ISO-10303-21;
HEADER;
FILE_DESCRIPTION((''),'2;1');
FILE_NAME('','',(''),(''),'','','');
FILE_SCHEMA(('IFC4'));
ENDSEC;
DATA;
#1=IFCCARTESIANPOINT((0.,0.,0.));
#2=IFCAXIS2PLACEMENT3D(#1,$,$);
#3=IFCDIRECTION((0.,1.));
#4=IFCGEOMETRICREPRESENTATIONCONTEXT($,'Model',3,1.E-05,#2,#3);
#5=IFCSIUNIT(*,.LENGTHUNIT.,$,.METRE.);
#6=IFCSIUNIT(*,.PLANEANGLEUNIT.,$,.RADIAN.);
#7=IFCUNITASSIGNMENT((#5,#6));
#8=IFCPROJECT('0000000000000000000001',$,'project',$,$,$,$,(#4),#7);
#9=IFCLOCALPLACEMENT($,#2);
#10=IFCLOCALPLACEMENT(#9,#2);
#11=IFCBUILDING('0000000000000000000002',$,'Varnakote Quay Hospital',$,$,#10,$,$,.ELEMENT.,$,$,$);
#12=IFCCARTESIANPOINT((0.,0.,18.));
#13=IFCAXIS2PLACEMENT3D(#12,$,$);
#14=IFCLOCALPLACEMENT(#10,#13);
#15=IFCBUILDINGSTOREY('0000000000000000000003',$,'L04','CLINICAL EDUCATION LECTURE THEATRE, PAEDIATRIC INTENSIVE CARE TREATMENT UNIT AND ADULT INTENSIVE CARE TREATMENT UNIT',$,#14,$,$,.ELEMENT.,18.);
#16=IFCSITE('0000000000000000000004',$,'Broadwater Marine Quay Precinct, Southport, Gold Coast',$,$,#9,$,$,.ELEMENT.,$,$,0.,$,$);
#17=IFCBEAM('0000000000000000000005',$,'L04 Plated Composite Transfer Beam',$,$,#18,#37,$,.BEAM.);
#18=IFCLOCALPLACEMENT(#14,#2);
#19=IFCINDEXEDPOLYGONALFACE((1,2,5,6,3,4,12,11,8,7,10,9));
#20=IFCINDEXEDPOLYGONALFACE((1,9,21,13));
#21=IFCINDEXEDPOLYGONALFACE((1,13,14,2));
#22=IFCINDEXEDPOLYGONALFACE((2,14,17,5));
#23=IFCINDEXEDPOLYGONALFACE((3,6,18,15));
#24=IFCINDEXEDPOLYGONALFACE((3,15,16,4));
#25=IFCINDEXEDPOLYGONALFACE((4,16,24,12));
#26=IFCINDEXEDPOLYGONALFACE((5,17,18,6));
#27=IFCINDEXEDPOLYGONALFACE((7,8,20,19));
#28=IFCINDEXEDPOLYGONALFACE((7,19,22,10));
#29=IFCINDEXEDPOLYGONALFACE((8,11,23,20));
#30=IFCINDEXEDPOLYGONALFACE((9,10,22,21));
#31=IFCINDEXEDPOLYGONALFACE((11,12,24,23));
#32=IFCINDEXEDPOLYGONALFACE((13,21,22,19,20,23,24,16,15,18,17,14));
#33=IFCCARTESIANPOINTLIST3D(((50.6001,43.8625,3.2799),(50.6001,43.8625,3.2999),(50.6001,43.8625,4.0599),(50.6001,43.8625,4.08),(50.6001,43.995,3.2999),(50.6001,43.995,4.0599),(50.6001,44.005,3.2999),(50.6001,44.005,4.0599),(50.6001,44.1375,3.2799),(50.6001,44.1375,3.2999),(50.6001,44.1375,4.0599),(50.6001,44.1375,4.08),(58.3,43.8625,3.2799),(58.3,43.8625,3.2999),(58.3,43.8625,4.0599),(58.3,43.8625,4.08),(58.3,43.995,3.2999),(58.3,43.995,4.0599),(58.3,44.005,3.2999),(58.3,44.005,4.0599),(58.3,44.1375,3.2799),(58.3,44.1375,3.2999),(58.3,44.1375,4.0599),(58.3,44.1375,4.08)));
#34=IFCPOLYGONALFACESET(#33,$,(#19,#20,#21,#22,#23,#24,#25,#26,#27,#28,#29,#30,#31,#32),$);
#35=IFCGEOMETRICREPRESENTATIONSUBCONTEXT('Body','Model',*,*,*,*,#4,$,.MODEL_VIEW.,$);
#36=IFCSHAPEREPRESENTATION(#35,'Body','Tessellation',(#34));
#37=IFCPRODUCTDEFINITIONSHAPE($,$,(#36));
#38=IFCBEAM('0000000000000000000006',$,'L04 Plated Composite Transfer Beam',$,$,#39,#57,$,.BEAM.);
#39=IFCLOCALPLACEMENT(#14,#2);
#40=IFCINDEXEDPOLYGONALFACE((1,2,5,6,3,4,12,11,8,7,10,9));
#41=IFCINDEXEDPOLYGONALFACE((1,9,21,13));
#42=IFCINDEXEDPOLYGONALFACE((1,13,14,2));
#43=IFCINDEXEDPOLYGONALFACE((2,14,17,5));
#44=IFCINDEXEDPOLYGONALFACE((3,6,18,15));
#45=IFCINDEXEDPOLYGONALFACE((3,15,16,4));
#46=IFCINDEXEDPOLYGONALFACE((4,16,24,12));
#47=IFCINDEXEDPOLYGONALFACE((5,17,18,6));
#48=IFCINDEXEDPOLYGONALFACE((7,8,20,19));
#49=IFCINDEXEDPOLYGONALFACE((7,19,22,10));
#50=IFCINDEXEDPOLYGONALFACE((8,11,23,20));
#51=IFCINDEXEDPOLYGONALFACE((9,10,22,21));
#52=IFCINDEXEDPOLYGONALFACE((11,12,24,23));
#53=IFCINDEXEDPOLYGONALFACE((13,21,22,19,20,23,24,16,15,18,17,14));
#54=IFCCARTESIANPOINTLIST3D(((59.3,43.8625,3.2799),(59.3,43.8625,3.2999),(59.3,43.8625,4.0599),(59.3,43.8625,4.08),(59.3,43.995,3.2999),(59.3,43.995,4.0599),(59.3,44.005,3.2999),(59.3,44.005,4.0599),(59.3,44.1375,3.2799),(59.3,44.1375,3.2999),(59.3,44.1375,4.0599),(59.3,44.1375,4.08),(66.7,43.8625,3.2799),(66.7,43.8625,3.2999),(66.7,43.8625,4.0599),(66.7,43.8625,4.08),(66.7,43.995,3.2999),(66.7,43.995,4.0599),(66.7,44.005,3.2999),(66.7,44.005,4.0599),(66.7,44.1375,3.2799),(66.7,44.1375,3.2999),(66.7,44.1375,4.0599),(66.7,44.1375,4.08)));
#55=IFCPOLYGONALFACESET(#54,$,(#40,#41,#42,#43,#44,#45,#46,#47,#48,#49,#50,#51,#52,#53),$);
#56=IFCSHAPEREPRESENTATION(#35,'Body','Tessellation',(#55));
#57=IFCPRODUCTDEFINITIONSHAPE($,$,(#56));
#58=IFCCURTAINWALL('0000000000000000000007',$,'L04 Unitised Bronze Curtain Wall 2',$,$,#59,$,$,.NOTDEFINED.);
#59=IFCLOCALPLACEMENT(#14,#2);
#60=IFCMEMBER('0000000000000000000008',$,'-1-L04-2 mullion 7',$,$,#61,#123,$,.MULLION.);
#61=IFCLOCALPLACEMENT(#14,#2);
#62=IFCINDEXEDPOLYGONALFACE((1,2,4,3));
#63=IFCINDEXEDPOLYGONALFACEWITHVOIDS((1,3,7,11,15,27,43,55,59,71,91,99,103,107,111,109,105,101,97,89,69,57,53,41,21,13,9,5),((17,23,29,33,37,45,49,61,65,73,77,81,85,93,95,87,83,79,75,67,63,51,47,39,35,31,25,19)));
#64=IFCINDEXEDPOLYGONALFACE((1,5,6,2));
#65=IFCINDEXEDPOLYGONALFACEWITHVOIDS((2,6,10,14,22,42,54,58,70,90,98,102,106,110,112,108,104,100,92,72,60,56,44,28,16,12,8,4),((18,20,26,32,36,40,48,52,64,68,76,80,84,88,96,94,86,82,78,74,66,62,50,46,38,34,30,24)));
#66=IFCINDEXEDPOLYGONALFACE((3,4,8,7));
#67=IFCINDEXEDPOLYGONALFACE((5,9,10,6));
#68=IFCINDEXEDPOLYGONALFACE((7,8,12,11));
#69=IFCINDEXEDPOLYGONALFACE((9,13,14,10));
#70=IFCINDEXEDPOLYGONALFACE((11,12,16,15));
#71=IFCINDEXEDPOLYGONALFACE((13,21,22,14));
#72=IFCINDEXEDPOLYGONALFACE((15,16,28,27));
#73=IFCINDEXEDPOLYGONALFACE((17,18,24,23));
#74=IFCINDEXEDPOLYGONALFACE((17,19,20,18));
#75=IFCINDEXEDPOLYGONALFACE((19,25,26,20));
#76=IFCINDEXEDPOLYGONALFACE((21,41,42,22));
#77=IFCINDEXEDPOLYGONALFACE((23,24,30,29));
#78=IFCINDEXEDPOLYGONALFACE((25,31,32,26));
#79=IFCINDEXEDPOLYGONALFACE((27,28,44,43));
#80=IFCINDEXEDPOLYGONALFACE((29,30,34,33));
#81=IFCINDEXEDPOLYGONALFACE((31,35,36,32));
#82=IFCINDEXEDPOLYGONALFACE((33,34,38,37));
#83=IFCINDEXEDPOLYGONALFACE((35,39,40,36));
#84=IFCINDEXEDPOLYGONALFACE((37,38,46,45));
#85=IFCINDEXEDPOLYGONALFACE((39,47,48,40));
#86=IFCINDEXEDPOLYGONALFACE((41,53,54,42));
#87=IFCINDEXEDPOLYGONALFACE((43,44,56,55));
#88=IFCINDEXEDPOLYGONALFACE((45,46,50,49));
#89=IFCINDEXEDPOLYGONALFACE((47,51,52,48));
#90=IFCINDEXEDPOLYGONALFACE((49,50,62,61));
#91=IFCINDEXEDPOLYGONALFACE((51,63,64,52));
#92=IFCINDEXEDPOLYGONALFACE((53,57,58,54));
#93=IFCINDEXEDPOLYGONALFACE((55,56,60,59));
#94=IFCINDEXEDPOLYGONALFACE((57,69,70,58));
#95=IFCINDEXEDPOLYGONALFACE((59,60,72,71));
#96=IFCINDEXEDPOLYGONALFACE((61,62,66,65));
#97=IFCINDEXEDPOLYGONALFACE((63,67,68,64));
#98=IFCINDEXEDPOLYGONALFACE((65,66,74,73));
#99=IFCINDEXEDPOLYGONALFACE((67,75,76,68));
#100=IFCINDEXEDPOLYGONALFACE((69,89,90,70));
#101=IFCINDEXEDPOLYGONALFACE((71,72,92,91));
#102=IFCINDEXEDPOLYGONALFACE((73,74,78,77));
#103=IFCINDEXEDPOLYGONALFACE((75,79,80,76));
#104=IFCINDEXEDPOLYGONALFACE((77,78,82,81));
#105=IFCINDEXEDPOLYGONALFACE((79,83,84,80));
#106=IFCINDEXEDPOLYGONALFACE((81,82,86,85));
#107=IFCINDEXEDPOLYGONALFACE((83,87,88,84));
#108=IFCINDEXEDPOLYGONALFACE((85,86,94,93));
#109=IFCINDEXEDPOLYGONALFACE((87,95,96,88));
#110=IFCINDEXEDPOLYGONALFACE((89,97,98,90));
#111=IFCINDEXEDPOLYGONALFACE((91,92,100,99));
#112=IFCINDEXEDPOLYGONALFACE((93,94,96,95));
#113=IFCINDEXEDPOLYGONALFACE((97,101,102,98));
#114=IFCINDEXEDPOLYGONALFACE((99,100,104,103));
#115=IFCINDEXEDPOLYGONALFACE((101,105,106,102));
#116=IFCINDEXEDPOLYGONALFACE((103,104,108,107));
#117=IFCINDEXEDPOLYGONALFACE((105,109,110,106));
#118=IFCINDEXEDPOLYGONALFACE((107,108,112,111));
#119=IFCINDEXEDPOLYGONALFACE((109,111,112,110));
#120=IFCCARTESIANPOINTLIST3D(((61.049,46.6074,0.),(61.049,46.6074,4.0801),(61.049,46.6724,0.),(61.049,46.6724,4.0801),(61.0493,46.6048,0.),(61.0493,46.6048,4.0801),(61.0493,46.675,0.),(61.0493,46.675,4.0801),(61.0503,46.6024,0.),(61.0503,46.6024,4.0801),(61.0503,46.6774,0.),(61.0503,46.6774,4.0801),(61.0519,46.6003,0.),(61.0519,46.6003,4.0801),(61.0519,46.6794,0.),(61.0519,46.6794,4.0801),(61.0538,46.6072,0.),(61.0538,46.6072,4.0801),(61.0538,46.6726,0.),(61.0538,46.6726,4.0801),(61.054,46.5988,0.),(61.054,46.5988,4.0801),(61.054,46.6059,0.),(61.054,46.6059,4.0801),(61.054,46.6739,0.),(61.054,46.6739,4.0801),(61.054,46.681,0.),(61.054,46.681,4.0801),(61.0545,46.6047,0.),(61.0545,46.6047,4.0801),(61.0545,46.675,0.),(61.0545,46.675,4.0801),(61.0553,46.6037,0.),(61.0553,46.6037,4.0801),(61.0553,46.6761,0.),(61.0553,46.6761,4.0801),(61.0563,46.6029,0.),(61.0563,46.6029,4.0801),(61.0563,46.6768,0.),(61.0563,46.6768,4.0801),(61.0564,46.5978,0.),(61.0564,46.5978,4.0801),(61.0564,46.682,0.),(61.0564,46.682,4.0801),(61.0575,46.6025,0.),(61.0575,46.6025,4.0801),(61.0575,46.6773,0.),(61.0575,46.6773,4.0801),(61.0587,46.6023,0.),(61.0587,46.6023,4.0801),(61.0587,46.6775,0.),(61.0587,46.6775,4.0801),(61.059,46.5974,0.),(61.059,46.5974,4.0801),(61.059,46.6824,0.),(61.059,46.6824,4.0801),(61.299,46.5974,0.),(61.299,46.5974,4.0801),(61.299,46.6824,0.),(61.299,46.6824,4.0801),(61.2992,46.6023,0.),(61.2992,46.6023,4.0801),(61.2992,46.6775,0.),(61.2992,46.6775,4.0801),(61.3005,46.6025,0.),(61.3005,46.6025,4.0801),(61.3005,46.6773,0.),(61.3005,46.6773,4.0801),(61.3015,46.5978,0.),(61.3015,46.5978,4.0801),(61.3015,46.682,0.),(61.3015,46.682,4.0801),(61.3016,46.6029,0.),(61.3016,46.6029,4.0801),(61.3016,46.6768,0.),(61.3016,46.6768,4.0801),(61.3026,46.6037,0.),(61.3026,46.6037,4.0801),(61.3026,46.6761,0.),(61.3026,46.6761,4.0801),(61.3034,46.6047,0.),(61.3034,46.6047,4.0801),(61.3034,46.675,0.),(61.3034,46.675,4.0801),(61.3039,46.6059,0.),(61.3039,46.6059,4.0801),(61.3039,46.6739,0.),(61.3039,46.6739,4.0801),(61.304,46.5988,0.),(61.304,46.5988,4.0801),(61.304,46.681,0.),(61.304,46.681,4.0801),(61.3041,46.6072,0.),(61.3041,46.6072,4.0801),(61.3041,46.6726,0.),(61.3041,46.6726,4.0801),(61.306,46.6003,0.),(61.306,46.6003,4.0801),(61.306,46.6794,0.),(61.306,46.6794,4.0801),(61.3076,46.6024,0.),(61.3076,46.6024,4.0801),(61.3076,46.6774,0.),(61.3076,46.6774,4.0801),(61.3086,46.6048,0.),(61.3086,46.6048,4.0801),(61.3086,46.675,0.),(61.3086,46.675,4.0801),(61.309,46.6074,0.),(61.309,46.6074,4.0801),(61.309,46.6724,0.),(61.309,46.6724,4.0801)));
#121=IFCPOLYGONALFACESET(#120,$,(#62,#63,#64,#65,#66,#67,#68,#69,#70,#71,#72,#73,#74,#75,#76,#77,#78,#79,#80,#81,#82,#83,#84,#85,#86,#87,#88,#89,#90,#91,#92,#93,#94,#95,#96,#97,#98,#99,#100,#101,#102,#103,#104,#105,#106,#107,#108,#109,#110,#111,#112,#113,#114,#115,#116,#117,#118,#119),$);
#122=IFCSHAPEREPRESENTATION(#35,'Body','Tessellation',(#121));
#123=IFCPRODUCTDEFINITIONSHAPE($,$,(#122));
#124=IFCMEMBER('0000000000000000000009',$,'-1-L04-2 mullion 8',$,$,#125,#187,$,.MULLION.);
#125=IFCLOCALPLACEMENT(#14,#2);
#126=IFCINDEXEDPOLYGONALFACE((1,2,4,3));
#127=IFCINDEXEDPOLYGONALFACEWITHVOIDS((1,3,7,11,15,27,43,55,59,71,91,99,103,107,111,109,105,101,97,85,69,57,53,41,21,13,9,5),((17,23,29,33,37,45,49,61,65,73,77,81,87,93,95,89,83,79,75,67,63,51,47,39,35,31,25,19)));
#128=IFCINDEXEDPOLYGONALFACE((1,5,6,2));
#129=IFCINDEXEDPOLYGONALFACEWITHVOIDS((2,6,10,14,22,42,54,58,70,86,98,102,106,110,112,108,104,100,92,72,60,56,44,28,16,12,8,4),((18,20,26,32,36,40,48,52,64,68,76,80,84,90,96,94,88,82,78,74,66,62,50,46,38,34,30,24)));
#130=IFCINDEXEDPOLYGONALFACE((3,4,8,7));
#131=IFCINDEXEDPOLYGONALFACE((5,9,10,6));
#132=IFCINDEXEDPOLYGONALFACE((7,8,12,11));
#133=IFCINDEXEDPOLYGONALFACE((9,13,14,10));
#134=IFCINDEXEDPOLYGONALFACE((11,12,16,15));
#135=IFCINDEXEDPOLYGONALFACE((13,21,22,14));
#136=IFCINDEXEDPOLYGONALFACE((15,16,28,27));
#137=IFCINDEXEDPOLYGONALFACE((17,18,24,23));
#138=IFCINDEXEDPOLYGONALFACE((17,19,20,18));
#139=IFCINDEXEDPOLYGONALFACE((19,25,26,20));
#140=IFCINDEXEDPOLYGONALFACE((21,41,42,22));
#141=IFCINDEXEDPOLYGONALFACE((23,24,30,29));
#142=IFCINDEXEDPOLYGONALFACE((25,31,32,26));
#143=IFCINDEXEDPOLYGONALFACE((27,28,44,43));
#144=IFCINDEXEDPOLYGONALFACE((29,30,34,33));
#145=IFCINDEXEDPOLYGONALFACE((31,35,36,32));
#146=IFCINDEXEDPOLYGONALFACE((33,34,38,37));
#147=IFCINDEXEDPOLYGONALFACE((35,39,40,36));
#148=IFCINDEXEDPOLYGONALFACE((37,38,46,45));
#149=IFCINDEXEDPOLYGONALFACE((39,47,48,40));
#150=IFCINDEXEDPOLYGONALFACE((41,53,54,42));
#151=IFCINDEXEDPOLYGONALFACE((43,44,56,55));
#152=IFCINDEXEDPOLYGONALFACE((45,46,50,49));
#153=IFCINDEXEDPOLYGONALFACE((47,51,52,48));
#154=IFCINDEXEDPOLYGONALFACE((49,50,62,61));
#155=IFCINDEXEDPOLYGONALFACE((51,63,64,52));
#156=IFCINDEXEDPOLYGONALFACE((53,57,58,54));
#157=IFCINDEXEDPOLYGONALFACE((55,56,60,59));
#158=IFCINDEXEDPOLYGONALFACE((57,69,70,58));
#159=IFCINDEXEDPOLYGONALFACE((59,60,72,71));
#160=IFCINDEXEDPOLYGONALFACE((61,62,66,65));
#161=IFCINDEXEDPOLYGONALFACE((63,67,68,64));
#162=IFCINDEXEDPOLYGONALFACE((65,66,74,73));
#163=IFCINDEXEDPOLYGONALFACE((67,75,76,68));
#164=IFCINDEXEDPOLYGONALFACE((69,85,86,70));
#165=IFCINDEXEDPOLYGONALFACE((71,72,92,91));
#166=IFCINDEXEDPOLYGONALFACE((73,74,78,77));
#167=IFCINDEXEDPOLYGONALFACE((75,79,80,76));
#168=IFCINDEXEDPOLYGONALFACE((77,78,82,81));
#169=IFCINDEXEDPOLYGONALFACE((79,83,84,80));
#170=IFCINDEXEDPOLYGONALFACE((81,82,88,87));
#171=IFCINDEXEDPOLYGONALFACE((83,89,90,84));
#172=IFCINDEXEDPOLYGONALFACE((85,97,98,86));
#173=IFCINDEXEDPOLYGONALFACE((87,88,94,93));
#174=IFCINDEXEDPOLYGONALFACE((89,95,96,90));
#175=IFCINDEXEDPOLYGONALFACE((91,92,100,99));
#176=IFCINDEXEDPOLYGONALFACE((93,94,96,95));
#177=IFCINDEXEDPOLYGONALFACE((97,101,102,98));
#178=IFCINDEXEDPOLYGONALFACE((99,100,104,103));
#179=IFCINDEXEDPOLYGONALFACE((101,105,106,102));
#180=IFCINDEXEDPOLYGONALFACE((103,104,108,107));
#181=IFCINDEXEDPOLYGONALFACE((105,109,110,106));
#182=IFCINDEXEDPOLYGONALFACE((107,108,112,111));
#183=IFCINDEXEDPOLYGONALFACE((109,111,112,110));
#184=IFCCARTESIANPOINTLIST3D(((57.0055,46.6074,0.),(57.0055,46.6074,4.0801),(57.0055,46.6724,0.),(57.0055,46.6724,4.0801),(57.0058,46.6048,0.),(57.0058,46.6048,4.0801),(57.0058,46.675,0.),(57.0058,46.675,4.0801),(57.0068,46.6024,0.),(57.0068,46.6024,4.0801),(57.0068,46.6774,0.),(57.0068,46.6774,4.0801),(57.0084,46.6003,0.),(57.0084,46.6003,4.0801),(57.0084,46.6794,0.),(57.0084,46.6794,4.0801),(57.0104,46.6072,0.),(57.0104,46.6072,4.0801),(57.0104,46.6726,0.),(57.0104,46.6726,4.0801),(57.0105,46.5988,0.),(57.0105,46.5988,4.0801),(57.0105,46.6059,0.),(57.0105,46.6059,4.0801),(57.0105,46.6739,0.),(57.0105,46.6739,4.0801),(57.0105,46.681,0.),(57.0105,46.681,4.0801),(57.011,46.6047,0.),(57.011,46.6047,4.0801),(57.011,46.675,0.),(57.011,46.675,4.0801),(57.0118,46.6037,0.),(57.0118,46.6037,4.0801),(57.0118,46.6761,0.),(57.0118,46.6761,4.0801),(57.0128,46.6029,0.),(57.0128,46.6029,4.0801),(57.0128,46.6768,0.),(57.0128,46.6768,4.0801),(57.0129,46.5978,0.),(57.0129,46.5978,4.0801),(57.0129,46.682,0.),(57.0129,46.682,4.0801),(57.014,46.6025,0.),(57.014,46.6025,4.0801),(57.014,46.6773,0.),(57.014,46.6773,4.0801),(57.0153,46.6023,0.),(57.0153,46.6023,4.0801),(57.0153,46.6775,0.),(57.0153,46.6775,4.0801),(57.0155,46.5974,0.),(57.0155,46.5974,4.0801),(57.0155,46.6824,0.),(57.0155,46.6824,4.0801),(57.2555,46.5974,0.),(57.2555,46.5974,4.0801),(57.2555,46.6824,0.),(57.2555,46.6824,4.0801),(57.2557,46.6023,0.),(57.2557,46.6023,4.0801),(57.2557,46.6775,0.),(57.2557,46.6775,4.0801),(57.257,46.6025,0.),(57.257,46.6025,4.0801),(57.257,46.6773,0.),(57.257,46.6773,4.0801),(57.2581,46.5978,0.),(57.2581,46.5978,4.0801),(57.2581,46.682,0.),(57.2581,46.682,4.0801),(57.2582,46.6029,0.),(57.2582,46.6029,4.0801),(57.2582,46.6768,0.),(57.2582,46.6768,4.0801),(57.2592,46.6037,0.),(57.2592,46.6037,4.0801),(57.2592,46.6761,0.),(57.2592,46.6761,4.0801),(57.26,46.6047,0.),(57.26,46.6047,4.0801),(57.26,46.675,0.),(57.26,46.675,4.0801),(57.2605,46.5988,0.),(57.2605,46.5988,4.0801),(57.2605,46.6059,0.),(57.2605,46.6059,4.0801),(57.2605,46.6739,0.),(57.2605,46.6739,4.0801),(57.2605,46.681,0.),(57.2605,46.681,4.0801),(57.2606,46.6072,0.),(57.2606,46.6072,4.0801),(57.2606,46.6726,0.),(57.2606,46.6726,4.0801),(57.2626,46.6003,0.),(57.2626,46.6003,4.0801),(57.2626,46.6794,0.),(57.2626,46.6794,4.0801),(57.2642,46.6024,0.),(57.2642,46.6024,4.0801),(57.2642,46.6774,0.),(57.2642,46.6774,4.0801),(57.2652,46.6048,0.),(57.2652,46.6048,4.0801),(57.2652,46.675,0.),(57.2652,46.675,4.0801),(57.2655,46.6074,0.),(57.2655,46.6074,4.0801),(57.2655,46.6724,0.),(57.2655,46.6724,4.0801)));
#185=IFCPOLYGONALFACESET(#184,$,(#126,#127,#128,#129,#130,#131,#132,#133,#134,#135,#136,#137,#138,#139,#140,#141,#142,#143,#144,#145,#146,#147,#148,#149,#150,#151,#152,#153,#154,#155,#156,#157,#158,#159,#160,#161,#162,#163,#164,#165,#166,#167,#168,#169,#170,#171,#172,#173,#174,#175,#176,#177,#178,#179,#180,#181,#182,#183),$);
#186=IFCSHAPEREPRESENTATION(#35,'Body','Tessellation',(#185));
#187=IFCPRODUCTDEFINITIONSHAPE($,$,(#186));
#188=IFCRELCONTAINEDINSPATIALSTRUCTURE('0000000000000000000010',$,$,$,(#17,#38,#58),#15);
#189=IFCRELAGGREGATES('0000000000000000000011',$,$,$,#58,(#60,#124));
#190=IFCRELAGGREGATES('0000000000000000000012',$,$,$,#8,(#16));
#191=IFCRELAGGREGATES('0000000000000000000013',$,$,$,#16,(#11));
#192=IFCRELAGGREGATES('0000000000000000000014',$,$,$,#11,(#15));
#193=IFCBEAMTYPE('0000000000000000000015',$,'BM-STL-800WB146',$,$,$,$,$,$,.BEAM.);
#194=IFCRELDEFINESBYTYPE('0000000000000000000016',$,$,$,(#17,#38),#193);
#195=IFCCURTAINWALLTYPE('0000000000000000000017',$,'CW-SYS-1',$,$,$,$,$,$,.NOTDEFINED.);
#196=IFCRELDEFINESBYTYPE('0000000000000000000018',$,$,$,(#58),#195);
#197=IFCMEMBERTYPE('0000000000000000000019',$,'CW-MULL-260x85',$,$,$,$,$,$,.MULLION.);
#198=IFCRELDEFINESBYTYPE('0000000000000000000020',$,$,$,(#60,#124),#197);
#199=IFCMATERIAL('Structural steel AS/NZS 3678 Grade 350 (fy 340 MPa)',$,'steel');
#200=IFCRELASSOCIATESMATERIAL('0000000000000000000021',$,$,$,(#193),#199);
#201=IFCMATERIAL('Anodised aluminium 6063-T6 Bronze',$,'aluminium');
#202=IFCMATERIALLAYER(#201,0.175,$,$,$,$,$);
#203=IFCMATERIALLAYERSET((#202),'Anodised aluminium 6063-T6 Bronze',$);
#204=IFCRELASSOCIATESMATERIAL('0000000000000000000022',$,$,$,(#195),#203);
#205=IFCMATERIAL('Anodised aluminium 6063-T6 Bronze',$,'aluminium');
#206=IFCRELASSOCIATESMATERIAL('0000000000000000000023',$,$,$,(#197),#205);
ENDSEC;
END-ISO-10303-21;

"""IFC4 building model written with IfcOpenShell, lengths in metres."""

from ifc_helpers import new_model, si_unit, direction, frame, origin, origin_2d, place, context, subcontext, project, spatial, hollow_rectangle, i_section, extrude, material, layer, layer_set, material_profile, profile_set, type_object, element, aggregate, save


model = new_model("IFC4")

# Units and contexts
model_context = context("Model", 3, precision=1e-05, world=origin(), true_north=direction((0.0, 1.0)))
body_context = subcontext(model_context, "Body", "Model", "MODEL_VIEW")
ifc_project = project(units=[si_unit("LENGTHUNIT", "METRE"), si_unit("PLANEANGLEUNIT", "RADIAN")], contexts=[model_context])

# Site, building, storey
site_placement = place(None, origin())
site = spatial("IfcSite", under=ifc_project, at=site_placement, Name="Broadwater Marine Quay Precinct, Southport, Gold Coast", CompositionType="ELEMENT", RefElevation=0.0)
building_placement = place(site_placement, origin())
building = spatial("IfcBuilding", under=site, at=building_placement, Name="Varnakote Quay Hospital", CompositionType="ELEMENT")
storey_placement = place(building_placement, frame((0.0, 0.0, 18.0)))
storey = spatial("IfcBuildingStorey", under=building, at=storey_placement, Name="L04", Description="CLINICAL EDUCATION LECTURE THEATRE, PAEDIATRIC INTENSIVE CARE TREATMENT UNIT AND ADULT INTENSIVE CARE TREATMENT UNIT", CompositionType="ELEMENT", Elevation=18.0)

# Beams
ifc_material_1 = material(Name="Structural steel AS/NZS 3678 Grade 350 (fy 340 MPa)", Category="steel")
ifc_material_profile_1 = material_profile(ifc_material_1, i_section(OverallWidth=0.2749, OverallDepth=0.8, WebThickness=0.01, FlangeThickness=0.02, at=origin_2d()), Name="800WB146")
ifc_profile_set_1 = profile_set([ifc_material_profile_1], Name="Structural steel AS/NZS 3678 Grade 350 (fy 340 MPa)")
beam_type_1 = type_object("IfcBeamType", Name="BM-STL-800WB146", PredefinedType="BEAM", material=ifc_profile_set_1)
beam_1_placement = place(storey_placement, frame((50.6001, 44.0, 3.6799), z_axis=(1.0, 0.0, 0.0), x_axis=(0.0, 1.0, 0.0)))
element("IfcBeam", 1, at=beam_1_placement, inside=storey, type_object=beam_type_1, Name="L04 Plated Composite Transfer Beam", PredefinedType="BEAM", context=body_context, shape_type="SweptSolid", body=[
    extrude(i_section(OverallWidth=0.2749, OverallDepth=0.8, WebThickness=0.01, FlangeThickness=0.02, at=origin_2d()), origin(), (0.0, 0.0, 1.0), 7.7),
])
beam_2_placement = place(storey_placement, frame((59.3, 44.0, 3.6799), z_axis=(1.0, 0.0, 0.0), x_axis=(0.0, 1.0, 0.0)))
element("IfcBeam", 2, at=beam_2_placement, inside=storey, type_object=beam_type_1, Name="L04 Plated Composite Transfer Beam", PredefinedType="BEAM", context=body_context, shape_type="SweptSolid", body=[
    extrude(i_section(OverallWidth=0.2749, OverallDepth=0.8, WebThickness=0.01, FlangeThickness=0.02, at=origin_2d()), origin(), (0.0, 0.0, 1.0), 7.3999),
])

# Curtain wall, members
ifc_material_2 = material(Name="Anodised aluminium 6063-T6 Bronze", Category="aluminium")
ifc_layer_1 = layer(ifc_material_2, 0.175)
ifc_layer_set_1 = layer_set([ifc_layer_1], Name="Anodised aluminium 6063-T6 Bronze")
curtain_wall_type = type_object("IfcCurtainWallType", Name="CW-SYS-1", PredefinedType="NOTDEFINED", material=ifc_layer_set_1)
curtain_wall_placement = place(storey_placement, origin())
curtain_wall = element("IfcCurtainWall", 3, at=curtain_wall_placement, inside=storey, type_object=curtain_wall_type, Name="L04 Unitised Bronze Curtain Wall 2", PredefinedType="NOTDEFINED")
ifc_material_3 = material(Name="Anodised aluminium 6063-T6 Bronze", Category="aluminium")
ifc_material_profile_2 = material_profile(ifc_material_3, hollow_rectangle(XDim=0.085, YDim=0.26, WallThickness=0.0049, InnerFilletRadius=0.0049, OuterFilletRadius=0.01, at=origin_2d()), Name="CW-MULL-260x85")
ifc_profile_set_2 = profile_set([ifc_material_profile_2], Name="Anodised aluminium 6063-T6 Bronze")
member_type_1 = type_object("IfcMemberType", Name="CW-MULL-260x85", PredefinedType="MULLION", material=ifc_profile_set_2)
member_1_placement = place(storey_placement, frame((61.179, 46.6399, 0.0), z_axis=(0.0, 0.0, 1.0), x_axis=(0.0, -1.0, 0.0)))
member_1 = element("IfcMember", 4, at=member_1_placement, type_object=member_type_1, Name="-1-L04-2 mullion 7", PredefinedType="MULLION", context=body_context, shape_type="SweptSolid", body=[
    extrude(hollow_rectangle(XDim=0.085, YDim=0.26, WallThickness=0.0049, InnerFilletRadius=0.0049, OuterFilletRadius=0.01, at=origin_2d()), origin(), (0.0, 0.0, 1.0), 4.0801),
])
member_2_placement = place(storey_placement, frame((57.1355, 46.6399, 0.0), z_axis=(0.0, 0.0, 1.0), x_axis=(0.0, -1.0, 0.0)))
member_2 = element("IfcMember", 5, at=member_2_placement, type_object=member_type_1, Name="-1-L04-2 mullion 8", PredefinedType="MULLION", context=body_context, shape_type="SweptSolid", body=[
    extrude(hollow_rectangle(XDim=0.085, YDim=0.26, WallThickness=0.0049, InnerFilletRadius=0.0049, OuterFilletRadius=0.01, at=origin_2d()), origin(), (0.0, 0.0, 1.0), 4.0801),
])

aggregate(curtain_wall, [member_1, member_2])

save(model, "model.ifc")
